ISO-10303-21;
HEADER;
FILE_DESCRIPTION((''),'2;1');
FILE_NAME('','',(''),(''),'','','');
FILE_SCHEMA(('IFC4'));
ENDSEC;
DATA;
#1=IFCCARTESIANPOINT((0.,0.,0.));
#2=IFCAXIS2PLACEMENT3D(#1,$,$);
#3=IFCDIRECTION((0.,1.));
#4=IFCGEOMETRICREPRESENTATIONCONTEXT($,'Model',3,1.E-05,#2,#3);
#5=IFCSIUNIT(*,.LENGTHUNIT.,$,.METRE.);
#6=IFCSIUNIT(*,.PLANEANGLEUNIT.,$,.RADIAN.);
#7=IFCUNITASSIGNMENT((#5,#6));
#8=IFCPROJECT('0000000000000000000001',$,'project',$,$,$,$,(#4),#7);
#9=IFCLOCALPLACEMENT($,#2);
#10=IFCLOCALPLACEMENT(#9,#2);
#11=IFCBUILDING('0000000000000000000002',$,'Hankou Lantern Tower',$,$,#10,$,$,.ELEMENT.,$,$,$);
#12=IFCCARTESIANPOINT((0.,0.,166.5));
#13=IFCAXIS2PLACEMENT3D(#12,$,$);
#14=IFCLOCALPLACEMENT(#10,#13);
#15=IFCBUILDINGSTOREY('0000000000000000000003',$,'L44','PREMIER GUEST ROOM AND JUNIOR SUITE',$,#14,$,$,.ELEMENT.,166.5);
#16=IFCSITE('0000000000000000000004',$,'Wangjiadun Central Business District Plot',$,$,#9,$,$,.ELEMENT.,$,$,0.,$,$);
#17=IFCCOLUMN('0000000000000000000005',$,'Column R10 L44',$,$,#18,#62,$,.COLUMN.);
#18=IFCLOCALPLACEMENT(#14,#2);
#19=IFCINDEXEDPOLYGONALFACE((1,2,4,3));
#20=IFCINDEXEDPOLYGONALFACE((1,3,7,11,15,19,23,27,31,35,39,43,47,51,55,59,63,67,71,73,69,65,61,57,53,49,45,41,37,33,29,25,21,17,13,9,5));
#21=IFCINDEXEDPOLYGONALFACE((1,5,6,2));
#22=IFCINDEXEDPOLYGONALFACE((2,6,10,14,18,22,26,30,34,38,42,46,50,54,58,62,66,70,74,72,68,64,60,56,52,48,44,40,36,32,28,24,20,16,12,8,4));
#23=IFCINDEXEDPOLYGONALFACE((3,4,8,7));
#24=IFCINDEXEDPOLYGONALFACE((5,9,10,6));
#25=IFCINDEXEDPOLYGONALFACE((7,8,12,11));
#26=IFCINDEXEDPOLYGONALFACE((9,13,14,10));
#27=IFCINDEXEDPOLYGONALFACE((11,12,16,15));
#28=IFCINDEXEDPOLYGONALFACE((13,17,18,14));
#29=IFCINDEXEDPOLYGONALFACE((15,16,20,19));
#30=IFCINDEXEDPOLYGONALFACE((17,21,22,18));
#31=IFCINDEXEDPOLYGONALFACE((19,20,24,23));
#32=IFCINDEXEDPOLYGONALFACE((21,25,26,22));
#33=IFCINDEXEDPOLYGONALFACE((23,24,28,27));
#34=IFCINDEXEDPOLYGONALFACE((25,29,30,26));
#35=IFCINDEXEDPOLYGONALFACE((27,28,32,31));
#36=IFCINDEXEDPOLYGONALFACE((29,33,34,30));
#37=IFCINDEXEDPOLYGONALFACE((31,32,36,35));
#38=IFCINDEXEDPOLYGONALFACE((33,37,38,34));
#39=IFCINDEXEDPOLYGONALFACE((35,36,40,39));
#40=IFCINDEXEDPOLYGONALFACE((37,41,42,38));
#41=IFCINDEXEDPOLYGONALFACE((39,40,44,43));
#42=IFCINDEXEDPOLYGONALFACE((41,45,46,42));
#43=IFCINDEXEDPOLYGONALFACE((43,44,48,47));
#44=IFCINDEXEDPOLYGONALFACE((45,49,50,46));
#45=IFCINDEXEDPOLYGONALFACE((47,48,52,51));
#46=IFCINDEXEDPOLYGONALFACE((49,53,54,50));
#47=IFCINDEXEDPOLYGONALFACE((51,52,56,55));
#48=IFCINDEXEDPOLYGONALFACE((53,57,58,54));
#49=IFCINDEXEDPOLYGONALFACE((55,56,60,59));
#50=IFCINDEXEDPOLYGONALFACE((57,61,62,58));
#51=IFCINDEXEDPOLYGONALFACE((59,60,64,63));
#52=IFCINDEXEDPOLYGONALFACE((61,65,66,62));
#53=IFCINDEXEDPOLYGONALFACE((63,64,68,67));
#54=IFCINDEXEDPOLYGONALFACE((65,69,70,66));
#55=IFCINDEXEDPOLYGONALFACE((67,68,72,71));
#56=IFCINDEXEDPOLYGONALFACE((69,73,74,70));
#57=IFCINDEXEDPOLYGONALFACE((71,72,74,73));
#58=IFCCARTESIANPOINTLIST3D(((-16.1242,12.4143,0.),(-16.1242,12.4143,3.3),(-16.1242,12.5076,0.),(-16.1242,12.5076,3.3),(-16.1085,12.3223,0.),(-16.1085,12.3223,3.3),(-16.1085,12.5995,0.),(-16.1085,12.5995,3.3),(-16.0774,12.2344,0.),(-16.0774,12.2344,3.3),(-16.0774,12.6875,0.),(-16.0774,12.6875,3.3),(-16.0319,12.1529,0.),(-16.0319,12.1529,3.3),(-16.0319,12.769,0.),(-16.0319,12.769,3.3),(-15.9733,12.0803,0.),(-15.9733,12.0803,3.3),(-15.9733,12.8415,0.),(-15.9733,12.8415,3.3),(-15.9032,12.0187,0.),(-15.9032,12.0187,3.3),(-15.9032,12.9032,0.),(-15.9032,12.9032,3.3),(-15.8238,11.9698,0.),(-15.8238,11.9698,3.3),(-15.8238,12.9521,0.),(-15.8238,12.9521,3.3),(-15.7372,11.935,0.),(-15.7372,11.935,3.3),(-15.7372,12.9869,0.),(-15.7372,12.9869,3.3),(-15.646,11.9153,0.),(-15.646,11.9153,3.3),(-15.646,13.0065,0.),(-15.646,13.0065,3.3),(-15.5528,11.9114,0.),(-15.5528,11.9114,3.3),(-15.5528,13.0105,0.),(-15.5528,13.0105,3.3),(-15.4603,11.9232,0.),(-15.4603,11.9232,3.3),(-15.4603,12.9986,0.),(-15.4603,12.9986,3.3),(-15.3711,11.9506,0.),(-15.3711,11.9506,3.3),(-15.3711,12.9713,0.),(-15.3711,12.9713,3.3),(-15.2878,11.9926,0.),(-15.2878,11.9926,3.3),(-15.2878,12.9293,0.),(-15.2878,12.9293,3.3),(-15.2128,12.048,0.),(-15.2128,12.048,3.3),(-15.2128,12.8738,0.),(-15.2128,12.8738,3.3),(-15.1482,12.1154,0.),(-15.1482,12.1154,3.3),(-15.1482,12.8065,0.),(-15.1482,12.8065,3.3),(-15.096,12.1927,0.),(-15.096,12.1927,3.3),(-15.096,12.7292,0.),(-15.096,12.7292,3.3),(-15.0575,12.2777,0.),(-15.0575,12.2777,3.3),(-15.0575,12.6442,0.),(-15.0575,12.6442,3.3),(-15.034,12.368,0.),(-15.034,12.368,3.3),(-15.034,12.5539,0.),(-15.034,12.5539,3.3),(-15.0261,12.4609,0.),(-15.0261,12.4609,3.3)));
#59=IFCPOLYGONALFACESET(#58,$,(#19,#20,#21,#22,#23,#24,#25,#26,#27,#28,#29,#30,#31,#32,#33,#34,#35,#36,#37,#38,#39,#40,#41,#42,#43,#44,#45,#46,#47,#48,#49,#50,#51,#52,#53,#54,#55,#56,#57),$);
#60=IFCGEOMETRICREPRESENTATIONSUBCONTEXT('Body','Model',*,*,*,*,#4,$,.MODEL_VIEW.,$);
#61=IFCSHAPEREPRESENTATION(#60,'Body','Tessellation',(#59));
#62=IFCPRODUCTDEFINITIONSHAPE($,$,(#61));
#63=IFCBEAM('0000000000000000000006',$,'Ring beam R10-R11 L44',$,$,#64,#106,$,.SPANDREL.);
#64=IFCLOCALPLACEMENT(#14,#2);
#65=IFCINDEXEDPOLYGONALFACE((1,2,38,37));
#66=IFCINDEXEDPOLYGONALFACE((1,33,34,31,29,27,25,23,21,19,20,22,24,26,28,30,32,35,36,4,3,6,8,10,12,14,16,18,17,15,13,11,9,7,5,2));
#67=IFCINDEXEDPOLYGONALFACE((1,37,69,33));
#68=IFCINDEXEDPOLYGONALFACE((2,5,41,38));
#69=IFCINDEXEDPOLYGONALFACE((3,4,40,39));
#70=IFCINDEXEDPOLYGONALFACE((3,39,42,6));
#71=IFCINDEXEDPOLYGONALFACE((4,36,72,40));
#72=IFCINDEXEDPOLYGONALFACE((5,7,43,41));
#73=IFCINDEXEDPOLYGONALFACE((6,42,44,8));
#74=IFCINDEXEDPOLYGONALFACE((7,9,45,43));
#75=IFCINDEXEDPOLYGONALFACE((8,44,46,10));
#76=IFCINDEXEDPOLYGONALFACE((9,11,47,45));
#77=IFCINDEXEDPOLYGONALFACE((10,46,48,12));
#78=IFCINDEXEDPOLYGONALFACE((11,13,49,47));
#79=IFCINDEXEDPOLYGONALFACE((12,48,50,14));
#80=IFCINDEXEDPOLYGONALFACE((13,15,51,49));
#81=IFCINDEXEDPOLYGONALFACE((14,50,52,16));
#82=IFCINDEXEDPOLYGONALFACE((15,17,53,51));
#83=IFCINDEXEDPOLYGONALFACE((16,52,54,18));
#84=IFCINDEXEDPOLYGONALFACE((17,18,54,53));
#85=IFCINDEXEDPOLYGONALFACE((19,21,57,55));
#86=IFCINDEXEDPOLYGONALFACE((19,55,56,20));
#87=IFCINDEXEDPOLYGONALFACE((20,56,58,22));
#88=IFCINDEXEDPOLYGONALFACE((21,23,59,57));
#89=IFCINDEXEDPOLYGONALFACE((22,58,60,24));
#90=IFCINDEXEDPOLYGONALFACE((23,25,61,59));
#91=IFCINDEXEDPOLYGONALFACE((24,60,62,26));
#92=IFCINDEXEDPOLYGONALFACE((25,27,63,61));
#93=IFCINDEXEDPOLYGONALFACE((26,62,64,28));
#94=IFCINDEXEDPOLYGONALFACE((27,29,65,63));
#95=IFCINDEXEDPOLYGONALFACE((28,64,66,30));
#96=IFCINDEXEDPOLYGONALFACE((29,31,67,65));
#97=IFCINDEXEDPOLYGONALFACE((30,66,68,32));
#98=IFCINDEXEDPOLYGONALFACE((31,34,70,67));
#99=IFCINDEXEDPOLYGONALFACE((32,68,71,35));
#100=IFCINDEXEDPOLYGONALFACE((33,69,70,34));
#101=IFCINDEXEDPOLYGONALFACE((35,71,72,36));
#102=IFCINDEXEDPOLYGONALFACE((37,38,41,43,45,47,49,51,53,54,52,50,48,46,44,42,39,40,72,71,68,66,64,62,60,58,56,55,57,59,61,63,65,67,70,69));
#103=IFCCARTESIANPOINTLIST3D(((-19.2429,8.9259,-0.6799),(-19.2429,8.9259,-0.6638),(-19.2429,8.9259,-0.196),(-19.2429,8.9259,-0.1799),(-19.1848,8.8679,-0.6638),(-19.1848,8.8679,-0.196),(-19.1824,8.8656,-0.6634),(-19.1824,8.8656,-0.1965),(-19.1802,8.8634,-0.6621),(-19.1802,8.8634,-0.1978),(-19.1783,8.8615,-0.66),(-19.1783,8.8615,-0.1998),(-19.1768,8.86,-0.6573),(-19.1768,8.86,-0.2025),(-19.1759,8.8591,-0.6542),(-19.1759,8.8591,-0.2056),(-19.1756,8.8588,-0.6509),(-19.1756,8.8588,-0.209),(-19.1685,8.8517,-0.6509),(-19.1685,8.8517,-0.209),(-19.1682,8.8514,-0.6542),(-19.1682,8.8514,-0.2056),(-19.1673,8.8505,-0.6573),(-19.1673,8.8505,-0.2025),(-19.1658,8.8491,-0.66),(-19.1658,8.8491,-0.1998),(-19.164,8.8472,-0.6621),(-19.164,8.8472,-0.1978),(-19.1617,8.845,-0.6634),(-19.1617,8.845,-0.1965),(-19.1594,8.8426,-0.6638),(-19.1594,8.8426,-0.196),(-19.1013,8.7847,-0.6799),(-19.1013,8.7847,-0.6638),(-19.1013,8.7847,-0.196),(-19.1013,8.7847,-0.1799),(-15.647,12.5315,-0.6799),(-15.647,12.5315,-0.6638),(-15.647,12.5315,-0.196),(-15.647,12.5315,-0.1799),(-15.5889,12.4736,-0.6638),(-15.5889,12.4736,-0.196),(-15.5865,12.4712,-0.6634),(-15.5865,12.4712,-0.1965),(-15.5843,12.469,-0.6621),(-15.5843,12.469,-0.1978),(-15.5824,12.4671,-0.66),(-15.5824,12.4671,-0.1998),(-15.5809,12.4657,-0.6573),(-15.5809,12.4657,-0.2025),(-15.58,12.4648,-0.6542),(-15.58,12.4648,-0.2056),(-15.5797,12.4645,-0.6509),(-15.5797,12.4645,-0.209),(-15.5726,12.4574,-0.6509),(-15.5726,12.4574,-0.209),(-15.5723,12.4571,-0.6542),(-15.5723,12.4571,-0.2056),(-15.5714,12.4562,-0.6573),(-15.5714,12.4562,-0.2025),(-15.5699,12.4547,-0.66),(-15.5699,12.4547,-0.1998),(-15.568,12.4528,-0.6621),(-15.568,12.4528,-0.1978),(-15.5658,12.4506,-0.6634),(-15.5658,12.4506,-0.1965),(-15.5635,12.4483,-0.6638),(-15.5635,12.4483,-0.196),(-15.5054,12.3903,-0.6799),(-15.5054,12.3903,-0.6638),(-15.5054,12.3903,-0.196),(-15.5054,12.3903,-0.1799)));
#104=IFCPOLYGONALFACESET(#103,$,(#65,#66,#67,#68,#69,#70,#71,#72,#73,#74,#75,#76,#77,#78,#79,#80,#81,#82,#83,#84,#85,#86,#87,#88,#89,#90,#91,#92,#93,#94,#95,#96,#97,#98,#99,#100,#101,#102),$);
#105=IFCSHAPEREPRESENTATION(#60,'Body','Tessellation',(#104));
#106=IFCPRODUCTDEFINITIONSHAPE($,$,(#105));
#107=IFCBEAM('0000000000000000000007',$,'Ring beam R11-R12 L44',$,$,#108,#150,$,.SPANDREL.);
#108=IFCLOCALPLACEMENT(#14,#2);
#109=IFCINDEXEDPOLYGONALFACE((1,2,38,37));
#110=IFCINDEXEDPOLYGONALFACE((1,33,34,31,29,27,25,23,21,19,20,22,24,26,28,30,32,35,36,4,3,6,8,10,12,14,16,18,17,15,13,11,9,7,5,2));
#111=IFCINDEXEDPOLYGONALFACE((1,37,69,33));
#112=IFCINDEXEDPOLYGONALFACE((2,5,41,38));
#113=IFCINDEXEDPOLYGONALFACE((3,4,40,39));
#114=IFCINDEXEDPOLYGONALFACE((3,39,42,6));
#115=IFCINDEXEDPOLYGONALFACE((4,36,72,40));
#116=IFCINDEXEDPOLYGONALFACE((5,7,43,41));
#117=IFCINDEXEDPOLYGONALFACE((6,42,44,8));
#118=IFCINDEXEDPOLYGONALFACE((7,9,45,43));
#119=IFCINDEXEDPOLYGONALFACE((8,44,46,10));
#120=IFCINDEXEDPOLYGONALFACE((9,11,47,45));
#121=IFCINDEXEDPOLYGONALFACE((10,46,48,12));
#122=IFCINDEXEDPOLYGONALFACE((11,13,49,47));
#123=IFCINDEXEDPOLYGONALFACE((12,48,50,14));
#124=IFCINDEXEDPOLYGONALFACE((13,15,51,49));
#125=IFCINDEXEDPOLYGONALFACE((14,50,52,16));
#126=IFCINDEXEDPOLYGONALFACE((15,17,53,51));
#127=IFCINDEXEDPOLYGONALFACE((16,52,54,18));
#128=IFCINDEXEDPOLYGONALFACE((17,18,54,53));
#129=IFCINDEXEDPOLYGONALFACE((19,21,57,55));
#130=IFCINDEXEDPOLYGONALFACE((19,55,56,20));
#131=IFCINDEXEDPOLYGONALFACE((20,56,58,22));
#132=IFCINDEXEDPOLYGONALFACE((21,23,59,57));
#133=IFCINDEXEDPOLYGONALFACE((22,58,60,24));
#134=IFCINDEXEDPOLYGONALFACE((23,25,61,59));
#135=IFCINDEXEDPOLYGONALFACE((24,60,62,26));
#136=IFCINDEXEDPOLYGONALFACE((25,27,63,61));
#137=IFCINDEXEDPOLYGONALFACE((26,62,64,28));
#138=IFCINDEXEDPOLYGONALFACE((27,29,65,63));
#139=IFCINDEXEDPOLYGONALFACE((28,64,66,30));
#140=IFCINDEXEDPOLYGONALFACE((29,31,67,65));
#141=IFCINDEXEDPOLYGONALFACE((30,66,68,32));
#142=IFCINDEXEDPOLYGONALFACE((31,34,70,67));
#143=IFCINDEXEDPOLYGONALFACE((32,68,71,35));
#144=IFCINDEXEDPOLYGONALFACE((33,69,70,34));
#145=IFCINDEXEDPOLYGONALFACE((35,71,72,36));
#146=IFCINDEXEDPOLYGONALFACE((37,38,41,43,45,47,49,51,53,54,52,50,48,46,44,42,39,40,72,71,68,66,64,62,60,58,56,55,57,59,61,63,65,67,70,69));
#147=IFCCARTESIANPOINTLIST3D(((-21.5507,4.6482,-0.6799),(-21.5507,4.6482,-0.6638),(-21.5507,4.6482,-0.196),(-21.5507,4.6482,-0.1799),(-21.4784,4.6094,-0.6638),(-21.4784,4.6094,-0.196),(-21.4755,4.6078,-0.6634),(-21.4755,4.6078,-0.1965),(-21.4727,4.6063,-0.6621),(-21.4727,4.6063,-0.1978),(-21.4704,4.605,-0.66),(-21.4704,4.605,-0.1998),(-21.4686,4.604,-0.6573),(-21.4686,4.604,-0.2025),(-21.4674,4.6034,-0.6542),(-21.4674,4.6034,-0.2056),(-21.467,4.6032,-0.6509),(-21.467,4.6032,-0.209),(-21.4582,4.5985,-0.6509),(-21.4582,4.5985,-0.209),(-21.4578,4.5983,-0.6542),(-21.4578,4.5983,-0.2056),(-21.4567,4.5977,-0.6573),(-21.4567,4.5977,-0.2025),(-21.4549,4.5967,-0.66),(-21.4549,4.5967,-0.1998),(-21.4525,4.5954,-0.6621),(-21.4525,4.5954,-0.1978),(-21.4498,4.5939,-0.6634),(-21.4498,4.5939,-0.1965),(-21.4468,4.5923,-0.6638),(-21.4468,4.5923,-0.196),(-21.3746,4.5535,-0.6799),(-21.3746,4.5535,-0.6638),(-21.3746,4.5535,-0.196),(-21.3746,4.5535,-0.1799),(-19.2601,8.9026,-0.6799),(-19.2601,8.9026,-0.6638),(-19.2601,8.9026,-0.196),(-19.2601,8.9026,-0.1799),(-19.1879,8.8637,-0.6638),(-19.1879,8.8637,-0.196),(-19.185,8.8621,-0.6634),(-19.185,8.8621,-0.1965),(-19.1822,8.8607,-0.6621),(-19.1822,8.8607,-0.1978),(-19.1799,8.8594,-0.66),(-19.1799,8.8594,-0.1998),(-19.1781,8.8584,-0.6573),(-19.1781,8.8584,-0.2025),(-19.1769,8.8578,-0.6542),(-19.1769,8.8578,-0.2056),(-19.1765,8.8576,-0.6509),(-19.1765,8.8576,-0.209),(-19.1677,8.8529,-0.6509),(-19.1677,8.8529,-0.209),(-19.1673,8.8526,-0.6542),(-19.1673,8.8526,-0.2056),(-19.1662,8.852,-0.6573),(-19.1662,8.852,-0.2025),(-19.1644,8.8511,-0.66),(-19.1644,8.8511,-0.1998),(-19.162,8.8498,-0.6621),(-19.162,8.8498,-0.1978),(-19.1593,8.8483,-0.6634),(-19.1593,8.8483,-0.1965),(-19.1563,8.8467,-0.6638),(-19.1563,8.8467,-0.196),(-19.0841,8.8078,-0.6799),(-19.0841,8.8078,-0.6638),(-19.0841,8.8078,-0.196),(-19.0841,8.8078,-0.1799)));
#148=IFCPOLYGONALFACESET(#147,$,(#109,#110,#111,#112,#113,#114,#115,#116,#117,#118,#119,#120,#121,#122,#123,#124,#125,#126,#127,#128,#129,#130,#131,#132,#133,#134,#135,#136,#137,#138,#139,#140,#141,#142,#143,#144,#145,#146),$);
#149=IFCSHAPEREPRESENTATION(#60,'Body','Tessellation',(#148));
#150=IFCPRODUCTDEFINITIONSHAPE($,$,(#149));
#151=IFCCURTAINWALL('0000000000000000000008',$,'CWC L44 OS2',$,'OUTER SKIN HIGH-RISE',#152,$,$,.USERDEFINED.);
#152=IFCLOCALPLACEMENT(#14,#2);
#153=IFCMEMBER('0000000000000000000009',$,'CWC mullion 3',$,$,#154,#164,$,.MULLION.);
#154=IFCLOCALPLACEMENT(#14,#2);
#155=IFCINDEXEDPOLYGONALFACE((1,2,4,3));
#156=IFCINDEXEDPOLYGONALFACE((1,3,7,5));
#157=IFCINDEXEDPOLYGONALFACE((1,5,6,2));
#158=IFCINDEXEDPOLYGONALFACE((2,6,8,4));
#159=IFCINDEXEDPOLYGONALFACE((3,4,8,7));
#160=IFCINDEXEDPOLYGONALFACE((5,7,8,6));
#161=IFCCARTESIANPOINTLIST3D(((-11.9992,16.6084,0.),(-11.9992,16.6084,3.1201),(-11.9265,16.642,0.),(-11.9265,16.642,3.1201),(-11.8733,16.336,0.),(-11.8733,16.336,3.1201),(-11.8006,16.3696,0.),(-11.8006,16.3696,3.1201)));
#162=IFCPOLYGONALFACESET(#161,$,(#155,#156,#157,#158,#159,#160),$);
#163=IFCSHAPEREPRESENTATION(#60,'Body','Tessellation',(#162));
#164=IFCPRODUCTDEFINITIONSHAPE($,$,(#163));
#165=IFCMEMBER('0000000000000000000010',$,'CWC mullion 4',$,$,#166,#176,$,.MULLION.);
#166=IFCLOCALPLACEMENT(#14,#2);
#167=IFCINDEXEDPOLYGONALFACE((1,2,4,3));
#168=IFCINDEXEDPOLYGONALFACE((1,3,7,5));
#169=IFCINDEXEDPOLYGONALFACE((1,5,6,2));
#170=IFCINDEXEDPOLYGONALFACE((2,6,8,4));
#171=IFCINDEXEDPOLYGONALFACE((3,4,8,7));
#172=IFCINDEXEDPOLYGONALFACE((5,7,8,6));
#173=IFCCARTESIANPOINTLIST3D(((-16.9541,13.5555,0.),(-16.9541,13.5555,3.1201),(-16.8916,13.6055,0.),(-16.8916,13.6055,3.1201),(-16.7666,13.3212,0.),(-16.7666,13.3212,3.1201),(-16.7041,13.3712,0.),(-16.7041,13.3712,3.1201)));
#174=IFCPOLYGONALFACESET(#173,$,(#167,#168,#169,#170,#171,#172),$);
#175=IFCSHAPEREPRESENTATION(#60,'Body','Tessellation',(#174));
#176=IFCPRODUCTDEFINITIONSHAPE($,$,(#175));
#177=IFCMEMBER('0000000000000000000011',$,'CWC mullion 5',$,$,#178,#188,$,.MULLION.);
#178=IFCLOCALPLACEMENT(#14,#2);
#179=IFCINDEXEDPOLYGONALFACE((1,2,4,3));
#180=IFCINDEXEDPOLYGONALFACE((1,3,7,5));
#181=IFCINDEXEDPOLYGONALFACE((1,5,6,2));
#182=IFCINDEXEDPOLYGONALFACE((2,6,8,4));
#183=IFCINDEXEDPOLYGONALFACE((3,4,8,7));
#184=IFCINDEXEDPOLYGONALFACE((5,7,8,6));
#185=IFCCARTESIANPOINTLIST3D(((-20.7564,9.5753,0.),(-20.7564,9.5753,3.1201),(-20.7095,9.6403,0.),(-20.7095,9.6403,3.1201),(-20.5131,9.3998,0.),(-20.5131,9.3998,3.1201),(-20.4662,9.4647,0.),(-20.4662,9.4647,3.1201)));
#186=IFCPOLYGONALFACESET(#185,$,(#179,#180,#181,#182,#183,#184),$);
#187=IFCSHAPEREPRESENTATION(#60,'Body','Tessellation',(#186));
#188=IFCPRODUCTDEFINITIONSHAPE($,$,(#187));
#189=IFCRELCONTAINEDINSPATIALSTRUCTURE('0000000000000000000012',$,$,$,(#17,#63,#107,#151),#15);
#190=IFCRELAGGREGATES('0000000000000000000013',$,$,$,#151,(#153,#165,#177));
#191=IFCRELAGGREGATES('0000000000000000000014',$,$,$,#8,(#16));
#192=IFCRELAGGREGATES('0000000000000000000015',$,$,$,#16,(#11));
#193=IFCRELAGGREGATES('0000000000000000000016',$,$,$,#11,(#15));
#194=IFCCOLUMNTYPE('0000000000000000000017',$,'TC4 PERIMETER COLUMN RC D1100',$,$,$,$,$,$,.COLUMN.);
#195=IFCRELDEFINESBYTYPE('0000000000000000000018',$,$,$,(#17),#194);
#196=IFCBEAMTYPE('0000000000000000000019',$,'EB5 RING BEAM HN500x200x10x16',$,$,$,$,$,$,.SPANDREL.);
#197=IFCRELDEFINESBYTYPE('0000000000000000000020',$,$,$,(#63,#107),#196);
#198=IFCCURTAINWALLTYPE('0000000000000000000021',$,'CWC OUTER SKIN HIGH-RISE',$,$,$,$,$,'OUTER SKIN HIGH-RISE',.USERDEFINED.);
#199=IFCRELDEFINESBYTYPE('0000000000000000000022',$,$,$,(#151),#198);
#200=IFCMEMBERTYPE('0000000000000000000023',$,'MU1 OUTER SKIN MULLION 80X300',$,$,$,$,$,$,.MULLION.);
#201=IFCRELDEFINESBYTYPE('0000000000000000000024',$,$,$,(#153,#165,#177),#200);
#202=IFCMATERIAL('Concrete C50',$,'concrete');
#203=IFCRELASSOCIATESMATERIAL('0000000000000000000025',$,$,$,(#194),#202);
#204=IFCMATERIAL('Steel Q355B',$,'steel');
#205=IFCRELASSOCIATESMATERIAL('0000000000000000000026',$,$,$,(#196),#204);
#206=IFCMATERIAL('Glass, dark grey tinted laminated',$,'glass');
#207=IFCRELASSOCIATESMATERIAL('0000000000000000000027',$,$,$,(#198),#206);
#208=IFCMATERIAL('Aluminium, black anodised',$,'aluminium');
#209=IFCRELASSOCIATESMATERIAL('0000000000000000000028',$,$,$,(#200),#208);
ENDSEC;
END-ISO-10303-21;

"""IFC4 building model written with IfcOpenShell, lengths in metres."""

from ifc_helpers import new_model, si_unit, direction, frame, origin, origin_2d, place, context, subcontext, project, spatial, rectangle, circle, i_section, extrude, material, material_profile, profile_set, type_object, element, aggregate, save


model = new_model("IFC4")

# Units and contexts
model_context = context("Model", 3, precision=1e-05, world=origin(), true_north=direction((0.0, 1.0)))
body_context = subcontext(model_context, "Body", "Model", "MODEL_VIEW")
ifc_project = project(units=[si_unit("LENGTHUNIT", "METRE"), si_unit("PLANEANGLEUNIT", "RADIAN")], contexts=[model_context])

# Site, building, storey
site_placement = place(None, origin())
site = spatial("IfcSite", under=ifc_project, at=site_placement, Name="Wangjiadun Central Business District Plot", CompositionType="ELEMENT", RefElevation=0.0)
building_placement = place(site_placement, origin())
building = spatial("IfcBuilding", under=site, at=building_placement, Name="Hankou Lantern Tower", CompositionType="ELEMENT")
storey_placement = place(building_placement, frame((0.0, 0.0, 166.5)))
storey = spatial("IfcBuildingStorey", under=building, at=storey_placement, Name="L44", Description="PREMIER GUEST ROOM AND JUNIOR SUITE", CompositionType="ELEMENT", Elevation=166.5)

# Column
ifc_material_1 = material(Name="Concrete C50", Category="concrete")
ifc_material_profile_1 = material_profile(ifc_material_1, circle(Radius=0.55, at=origin_2d()), Name="RC D1100")
ifc_profile_set_1 = profile_set([ifc_material_profile_1], Name="Concrete C50")
column_type = type_object("IfcColumnType", Name="TC4 PERIMETER COLUMN RC D1100", PredefinedType="COLUMN", material=ifc_profile_set_1)
column_placement = place(storey_placement, frame((-15.5762, 12.4609, 0.0), z_axis=(0.0, 0.0, 1.0), x_axis=(1.0, 0.0, 0.0)))
element("IfcColumn", 1, at=column_placement, inside=storey, type_object=column_type, Name="Column R10 L44", PredefinedType="COLUMN", context=body_context, shape_type="SweptSolid", body=[
    extrude(circle(Radius=0.55, at=origin_2d()), origin(), (0.0, 0.0, 1.0), 3.3),
])

# Beams
ifc_material_2 = material(Name="Steel Q355B", Category="steel")
ifc_material_profile_2 = material_profile(ifc_material_2, i_section(OverallWidth=0.2, OverallDepth=0.5, WebThickness=0.01, FlangeThickness=0.0161, FilletRadius=0.0129, at=origin_2d()), Name="HN500x200x10x16")
ifc_profile_set_2 = profile_set([ifc_material_profile_2], Name="Steel Q355B")
beam_type_1 = type_object("IfcBeamType", Name="EB5 RING BEAM HN500x200x10x16", PredefinedType="SPANDREL", material=ifc_profile_set_2)
beam_1_placement = place(storey_placement, frame((-15.5762, 12.4609, -0.4299), z_axis=(-0.706147, -0.708065, 0.0), x_axis=(0.708065, -0.706147, 0.0)))
element("IfcBeam", 2, at=beam_1_placement, inside=storey, type_object=beam_type_1, Name="Ring beam R10-R11 L44", PredefinedType="SPANDREL", context=body_context, shape_type="SweptSolid", body=[
    extrude(i_section(OverallWidth=0.2, OverallDepth=0.5, WebThickness=0.01, FlangeThickness=0.0161, FilletRadius=0.0129, at=origin_2d()), origin(), (0.0, 0.0, 1.0), 5.0923),
])
beam_2_placement = place(storey_placement, frame((-19.1721, 8.8552, -0.4299), z_axis=(-0.474052, -0.880497, 0.0), x_axis=(0.880497, -0.474052, 0.0)))
element("IfcBeam", 3, at=beam_2_placement, inside=storey, type_object=beam_type_1, Name="Ring beam R11-R12 L44", PredefinedType="SPANDREL", context=body_context, shape_type="SweptSolid", body=[
    extrude(i_section(OverallWidth=0.2, OverallDepth=0.5, WebThickness=0.01, FlangeThickness=0.0161, FilletRadius=0.0129, at=origin_2d()), origin(), (0.0, 0.0, 1.0), 4.8318),
])

# Curtain wall, members
ifc_material_3 = material(Name="Glass, dark grey tinted laminated", Category="glass")
curtain_wall_type = type_object("IfcCurtainWallType", Name="CWC OUTER SKIN HIGH-RISE", ElementType="OUTER SKIN HIGH-RISE", PredefinedType="USERDEFINED", material=ifc_material_3)
curtain_wall_placement = place(storey_placement, origin())
curtain_wall = element("IfcCurtainWall", 4, at=curtain_wall_placement, inside=storey, type_object=curtain_wall_type, Name="CWC L44 OS2", ObjectType="OUTER SKIN HIGH-RISE", PredefinedType="USERDEFINED")
ifc_material_4 = material(Name="Aluminium, black anodised", Category="aluminium")
ifc_material_profile_3 = material_profile(ifc_material_4, rectangle(XDim=0.0801, YDim=0.3, at=origin_2d()), Name="MU1 80X300")
ifc_profile_set_3 = profile_set([ifc_material_profile_3], Name="Aluminium, black anodised")
member_type_1 = type_object("IfcMemberType", Name="MU1 OUTER SKIN MULLION 80X300", PredefinedType="MULLION", material=ifc_profile_set_3)
member_1_placement = place(storey_placement, frame((-11.8999, 16.489, 0.0), z_axis=(0.0, 0.0, 1.0), x_axis=(-0.907841, -0.419314, 0.0)))
member_1 = element("IfcMember", 5, at=member_1_placement, type_object=member_type_1, Name="CWC mullion 3", PredefinedType="MULLION", context=body_context, shape_type="SweptSolid", body=[
    extrude(rectangle(XDim=0.0801, YDim=0.3, at=origin_2d()), origin(), (0.0, 0.0, 1.0), 3.1201),
])
member_2_placement = place(storey_placement, frame((-16.8291, 13.4634, 0.0), z_axis=(0.0, 0.0, 1.0), x_axis=(-0.780869, -0.624695, 0.0)))
member_2 = element("IfcMember", 6, at=member_2_placement, type_object=member_type_1, Name="CWC mullion 4", PredefinedType="MULLION", context=body_context, shape_type="SweptSolid", body=[
    extrude(rectangle(XDim=0.0801, YDim=0.3, at=origin_2d()), origin(), (0.0, 0.0, 1.0), 3.1201),
])
member_3_placement = place(storey_placement, frame((-20.6113, 9.52, 0.0), z_axis=(0.0, 0.0, 1.0), x_axis=(-0.585206, -0.810885, 0.0)))
member_3 = element("IfcMember", 7, at=member_3_placement, type_object=member_type_1, Name="CWC mullion 5", PredefinedType="MULLION", context=body_context, shape_type="SweptSolid", body=[
    extrude(rectangle(XDim=0.0801, YDim=0.3, at=origin_2d()), origin(), (0.0, 0.0, 1.0), 3.1201),
])

aggregate(curtain_wall, [member_1, member_2, member_3])

save(model, "model.ifc")
